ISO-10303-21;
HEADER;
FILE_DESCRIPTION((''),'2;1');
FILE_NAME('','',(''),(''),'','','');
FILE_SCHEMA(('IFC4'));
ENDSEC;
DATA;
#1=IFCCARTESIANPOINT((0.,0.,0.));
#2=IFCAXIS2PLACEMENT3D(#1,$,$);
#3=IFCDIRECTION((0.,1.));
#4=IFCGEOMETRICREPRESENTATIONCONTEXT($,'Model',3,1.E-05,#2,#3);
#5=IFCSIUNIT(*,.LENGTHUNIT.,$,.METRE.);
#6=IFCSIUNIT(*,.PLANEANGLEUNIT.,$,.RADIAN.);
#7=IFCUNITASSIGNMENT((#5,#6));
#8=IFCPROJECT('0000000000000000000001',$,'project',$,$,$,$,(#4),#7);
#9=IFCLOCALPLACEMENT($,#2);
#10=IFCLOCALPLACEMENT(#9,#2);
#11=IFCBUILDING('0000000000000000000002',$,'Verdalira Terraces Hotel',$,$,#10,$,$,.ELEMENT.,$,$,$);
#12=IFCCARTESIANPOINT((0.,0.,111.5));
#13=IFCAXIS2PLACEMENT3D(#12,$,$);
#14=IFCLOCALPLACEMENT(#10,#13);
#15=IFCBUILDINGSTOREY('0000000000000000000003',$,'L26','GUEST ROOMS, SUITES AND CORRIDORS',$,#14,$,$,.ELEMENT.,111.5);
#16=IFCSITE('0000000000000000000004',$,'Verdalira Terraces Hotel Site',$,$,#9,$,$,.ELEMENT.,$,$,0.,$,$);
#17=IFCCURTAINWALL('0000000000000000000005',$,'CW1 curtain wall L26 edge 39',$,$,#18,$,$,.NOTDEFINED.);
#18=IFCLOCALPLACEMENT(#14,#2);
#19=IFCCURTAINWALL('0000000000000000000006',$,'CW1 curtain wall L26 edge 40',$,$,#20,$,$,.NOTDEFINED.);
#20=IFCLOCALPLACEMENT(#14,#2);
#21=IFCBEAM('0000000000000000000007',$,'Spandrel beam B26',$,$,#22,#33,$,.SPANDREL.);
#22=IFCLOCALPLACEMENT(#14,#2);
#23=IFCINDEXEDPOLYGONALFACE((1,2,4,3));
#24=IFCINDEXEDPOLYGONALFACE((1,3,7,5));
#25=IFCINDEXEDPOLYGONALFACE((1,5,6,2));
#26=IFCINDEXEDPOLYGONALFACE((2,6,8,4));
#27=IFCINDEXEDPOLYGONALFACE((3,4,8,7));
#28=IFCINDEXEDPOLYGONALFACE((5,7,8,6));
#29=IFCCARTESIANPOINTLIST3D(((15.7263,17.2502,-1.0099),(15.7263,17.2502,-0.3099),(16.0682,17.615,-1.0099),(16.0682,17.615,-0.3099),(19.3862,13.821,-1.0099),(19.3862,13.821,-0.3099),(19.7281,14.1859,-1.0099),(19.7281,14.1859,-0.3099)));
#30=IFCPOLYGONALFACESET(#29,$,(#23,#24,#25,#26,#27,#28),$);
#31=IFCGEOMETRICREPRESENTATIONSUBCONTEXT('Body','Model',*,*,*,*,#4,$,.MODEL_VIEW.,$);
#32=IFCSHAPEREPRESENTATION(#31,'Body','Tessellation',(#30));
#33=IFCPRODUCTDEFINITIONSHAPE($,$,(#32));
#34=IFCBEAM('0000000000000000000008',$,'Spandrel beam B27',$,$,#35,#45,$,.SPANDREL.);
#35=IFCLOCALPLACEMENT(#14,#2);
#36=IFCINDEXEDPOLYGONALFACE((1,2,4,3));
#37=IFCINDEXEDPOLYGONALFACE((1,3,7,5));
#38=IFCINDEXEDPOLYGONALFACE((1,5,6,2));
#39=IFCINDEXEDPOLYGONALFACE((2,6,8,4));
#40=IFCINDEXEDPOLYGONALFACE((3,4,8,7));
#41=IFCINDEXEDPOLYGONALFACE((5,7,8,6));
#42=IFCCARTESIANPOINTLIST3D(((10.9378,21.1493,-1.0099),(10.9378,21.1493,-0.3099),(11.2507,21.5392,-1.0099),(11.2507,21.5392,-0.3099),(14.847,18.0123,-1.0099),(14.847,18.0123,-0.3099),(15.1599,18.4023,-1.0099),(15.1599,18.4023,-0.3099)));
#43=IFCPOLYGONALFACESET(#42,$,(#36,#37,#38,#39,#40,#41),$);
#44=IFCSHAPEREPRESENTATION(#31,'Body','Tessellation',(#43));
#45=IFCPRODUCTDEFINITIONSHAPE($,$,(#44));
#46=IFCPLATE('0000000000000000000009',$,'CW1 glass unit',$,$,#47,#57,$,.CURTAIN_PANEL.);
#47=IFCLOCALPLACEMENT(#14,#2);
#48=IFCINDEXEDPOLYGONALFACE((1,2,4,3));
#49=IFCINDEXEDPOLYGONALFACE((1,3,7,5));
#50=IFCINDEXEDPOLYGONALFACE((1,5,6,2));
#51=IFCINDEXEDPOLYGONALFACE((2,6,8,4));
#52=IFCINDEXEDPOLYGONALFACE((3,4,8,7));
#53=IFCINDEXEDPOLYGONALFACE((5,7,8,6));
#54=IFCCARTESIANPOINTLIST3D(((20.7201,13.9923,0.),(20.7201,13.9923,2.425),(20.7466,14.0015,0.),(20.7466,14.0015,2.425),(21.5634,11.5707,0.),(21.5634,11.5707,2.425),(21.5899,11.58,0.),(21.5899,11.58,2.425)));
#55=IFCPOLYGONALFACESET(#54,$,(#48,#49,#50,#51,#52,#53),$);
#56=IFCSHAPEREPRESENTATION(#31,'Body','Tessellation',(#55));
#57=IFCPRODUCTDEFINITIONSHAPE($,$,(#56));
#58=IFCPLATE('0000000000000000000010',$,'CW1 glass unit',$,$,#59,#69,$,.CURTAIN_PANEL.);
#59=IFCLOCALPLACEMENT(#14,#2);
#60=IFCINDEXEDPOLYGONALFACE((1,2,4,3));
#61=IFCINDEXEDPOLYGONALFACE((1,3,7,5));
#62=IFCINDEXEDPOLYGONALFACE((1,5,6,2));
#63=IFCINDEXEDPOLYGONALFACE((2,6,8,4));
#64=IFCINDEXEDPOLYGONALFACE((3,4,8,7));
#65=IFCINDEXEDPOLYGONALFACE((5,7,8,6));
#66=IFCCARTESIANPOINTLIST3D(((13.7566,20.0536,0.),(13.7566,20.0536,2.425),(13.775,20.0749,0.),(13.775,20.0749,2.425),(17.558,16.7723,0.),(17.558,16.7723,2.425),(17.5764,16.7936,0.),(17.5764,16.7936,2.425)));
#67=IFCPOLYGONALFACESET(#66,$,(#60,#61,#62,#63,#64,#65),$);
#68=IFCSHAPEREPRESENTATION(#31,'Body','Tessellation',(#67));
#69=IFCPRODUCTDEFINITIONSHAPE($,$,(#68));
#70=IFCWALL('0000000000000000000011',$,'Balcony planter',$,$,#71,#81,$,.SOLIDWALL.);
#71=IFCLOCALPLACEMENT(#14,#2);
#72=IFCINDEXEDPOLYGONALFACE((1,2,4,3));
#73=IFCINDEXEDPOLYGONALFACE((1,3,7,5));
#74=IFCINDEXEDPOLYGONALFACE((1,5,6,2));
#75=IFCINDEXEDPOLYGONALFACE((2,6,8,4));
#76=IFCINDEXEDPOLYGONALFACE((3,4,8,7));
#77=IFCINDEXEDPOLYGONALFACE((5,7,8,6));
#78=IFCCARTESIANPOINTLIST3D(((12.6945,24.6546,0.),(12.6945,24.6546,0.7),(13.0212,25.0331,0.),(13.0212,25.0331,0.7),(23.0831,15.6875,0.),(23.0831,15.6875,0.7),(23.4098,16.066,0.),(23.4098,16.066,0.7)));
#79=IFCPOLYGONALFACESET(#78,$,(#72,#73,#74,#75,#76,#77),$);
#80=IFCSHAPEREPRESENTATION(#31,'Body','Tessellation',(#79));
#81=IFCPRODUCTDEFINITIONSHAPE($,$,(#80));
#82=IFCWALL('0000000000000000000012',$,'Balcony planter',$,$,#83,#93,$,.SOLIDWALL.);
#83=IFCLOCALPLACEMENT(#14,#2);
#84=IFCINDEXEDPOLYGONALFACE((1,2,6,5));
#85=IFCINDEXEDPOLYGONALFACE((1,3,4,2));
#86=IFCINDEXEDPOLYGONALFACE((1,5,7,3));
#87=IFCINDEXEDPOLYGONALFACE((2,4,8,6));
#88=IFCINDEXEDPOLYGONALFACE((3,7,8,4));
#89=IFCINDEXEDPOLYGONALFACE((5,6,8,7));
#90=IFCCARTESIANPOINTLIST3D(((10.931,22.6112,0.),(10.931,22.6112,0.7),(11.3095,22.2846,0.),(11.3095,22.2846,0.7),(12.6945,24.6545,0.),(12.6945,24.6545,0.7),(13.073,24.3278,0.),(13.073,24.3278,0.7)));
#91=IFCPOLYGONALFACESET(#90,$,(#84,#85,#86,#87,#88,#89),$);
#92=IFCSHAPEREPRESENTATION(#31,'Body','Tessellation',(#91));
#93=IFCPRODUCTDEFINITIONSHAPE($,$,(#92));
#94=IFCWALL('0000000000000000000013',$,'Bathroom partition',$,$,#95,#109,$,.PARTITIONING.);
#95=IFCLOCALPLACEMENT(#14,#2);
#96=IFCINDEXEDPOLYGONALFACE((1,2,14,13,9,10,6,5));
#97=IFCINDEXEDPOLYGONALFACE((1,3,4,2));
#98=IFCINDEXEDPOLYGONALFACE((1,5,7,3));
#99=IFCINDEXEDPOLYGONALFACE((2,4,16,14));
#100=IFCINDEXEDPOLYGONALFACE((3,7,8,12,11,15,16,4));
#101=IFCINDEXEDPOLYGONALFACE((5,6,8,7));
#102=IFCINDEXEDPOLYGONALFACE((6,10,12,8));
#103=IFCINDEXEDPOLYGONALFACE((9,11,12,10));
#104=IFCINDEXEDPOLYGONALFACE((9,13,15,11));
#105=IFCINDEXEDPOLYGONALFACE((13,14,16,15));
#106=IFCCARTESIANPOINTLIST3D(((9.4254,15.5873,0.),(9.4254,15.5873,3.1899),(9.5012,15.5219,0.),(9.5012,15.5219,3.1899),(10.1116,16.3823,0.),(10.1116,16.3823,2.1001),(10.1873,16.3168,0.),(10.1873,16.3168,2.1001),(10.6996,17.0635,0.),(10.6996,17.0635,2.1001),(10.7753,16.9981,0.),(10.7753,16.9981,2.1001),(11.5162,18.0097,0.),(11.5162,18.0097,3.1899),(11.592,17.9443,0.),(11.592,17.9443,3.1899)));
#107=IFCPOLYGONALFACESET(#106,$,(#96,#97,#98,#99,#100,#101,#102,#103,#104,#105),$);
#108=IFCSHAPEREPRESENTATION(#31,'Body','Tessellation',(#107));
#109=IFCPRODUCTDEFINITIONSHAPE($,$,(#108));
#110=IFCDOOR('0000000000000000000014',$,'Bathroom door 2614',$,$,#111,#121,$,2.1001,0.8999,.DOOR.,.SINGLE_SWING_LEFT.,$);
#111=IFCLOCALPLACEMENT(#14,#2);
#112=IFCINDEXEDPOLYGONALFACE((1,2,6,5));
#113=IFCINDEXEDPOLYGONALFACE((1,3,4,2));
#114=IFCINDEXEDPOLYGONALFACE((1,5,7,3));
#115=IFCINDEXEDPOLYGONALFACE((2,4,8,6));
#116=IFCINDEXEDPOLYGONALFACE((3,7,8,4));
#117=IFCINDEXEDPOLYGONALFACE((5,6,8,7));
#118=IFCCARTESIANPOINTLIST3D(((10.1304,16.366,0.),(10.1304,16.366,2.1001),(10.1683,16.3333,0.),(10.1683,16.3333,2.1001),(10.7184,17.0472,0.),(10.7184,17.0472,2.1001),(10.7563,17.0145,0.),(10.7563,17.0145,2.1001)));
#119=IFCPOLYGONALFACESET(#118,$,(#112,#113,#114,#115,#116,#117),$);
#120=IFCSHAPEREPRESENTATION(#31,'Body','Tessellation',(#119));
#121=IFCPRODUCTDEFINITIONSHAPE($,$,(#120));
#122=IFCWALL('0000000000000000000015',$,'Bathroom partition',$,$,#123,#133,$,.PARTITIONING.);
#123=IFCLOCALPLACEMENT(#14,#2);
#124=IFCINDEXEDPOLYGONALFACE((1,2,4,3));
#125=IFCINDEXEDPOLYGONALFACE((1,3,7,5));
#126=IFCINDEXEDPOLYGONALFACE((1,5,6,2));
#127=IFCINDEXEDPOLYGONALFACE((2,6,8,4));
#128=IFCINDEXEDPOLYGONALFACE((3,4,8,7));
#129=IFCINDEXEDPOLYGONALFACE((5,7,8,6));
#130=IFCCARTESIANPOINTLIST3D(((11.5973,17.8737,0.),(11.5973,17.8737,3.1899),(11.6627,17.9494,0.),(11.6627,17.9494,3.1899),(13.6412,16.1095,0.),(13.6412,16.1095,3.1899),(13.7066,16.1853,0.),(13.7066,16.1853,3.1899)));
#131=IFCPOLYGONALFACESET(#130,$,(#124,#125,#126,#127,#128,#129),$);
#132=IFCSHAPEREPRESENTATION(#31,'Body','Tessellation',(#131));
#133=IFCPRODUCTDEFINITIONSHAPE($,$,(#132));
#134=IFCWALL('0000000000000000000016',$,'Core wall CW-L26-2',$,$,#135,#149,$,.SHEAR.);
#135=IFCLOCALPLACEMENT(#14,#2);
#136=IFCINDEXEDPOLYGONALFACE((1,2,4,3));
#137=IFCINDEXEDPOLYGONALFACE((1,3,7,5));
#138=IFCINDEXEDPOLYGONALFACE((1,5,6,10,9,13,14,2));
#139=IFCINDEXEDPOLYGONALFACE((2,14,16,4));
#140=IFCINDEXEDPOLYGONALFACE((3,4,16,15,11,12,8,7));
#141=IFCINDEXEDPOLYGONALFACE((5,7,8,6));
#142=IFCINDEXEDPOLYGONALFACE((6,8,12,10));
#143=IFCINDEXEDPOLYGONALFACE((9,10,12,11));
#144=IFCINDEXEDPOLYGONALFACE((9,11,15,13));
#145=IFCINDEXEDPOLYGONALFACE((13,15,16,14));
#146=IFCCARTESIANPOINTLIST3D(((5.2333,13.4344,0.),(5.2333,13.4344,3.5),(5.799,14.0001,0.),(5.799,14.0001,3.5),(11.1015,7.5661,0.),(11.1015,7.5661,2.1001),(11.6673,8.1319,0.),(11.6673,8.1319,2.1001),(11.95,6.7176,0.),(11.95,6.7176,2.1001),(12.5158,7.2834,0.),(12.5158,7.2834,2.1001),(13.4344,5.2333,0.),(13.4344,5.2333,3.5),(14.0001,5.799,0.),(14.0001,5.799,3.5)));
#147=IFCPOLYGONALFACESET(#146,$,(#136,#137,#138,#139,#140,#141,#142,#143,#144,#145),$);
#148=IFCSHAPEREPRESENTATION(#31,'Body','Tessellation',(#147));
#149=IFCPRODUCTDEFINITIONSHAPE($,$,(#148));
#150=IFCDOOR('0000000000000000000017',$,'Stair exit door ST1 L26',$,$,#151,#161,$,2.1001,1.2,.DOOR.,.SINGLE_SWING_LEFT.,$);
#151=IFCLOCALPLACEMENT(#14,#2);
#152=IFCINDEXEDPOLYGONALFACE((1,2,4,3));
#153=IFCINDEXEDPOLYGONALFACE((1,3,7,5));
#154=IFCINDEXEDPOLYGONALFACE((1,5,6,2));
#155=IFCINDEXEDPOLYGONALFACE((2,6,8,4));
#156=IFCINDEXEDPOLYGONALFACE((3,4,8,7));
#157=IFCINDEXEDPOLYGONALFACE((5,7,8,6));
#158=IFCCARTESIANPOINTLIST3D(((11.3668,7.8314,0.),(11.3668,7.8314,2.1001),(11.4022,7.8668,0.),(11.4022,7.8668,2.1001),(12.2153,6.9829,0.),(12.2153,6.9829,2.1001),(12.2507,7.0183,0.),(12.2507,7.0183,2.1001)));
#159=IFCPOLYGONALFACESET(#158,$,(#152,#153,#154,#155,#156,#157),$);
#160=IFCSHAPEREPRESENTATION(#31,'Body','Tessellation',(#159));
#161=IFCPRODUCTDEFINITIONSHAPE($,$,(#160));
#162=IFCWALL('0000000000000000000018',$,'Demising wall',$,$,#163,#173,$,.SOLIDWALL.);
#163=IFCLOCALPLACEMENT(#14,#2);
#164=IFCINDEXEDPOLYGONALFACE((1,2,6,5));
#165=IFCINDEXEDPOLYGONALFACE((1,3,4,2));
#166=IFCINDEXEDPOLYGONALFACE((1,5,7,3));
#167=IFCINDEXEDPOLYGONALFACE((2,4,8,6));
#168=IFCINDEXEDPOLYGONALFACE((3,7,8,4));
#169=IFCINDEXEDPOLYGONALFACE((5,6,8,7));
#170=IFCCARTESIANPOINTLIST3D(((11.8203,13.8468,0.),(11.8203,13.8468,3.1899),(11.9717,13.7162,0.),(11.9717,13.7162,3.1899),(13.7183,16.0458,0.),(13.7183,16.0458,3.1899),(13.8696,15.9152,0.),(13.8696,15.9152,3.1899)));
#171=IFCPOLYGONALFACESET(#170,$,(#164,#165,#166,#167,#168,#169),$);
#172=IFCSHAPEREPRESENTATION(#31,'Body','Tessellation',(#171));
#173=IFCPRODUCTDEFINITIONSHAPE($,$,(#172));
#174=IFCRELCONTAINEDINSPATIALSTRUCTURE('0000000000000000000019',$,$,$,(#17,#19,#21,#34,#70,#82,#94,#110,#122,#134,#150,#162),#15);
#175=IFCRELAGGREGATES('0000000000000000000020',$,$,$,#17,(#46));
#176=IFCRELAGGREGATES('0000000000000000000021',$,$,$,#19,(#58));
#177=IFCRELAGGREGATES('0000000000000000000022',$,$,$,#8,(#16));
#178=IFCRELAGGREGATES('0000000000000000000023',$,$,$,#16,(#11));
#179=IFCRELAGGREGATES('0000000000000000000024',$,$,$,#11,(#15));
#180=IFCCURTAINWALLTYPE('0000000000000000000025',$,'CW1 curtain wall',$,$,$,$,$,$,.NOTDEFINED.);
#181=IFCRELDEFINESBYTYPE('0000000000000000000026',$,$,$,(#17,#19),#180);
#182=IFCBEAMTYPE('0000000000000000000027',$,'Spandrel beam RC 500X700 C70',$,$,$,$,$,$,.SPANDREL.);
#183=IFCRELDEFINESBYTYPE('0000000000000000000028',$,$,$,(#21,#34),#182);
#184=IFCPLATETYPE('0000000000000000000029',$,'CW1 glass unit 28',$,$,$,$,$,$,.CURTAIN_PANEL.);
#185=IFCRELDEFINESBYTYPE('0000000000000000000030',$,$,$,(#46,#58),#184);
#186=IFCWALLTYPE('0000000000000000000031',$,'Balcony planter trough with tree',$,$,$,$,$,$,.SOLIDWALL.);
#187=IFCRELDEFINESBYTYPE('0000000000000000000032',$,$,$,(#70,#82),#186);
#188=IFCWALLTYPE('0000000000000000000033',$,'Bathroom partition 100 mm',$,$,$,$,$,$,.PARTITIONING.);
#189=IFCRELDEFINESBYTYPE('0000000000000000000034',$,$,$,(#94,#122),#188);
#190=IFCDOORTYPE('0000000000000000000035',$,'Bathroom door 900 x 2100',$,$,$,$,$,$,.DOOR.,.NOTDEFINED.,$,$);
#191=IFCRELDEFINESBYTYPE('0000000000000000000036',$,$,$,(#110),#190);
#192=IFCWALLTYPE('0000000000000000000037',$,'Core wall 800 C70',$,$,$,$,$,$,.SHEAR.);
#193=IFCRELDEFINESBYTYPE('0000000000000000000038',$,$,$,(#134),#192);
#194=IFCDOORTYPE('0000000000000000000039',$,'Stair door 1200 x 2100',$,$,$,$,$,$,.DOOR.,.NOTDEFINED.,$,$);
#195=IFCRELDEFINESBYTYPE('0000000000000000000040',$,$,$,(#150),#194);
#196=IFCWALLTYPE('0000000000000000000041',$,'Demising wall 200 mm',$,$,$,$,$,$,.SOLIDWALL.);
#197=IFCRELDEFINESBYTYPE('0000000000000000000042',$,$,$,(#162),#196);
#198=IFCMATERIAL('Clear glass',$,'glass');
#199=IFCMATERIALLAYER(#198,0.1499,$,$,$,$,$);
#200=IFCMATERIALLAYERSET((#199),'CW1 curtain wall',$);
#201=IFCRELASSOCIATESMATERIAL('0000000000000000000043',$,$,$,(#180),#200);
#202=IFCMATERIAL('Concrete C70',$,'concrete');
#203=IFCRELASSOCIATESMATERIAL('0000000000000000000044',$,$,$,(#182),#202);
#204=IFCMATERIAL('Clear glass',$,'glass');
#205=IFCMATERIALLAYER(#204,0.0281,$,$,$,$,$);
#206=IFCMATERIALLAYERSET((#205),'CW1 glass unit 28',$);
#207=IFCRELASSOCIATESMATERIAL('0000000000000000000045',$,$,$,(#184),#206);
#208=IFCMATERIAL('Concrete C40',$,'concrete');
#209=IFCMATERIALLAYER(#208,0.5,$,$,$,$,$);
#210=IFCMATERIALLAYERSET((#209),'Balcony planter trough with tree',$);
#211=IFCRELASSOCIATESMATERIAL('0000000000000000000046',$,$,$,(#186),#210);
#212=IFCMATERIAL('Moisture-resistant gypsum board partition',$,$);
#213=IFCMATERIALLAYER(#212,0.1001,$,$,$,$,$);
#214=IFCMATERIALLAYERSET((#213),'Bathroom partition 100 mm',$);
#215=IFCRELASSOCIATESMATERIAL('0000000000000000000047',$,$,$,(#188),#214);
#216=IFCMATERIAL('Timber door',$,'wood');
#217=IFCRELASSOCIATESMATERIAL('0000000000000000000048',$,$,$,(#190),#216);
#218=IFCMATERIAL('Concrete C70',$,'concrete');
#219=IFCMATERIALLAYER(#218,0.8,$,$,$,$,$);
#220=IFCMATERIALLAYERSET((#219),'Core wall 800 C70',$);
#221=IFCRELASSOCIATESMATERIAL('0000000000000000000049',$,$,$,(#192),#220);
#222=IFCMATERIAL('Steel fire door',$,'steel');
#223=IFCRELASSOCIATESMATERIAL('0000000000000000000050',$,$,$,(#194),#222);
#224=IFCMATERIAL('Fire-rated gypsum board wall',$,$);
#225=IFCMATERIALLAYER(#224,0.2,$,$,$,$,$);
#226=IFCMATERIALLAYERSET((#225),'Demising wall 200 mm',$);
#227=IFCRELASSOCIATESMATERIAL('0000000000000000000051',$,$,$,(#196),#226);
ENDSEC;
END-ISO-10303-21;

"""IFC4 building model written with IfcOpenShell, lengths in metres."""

from ifc_helpers import new_model, si_unit, direction, frame, frame_2d, origin, origin_2d, place, context, subcontext, project, spatial, rectangle, extrude, material, layer, layer_set, material_profile, profile_set, type_object, element, fill, aggregate, save


model = new_model("IFC4")

# Units and contexts
model_context = context("Model", 3, precision=1e-05, world=origin(), true_north=direction((0.0, 1.0)))
body_context = subcontext(model_context, "Body", "Model", "MODEL_VIEW")
ifc_project = project(units=[si_unit("LENGTHUNIT", "METRE"), si_unit("PLANEANGLEUNIT", "RADIAN")], contexts=[model_context])

# Site, building, storey
site_placement = place(None, origin())
site = spatial("IfcSite", under=ifc_project, at=site_placement, Name="Verdalira Terraces Hotel Site", CompositionType="ELEMENT", RefElevation=0.0)
building_placement = place(site_placement, origin())
building = spatial("IfcBuilding", under=site, at=building_placement, Name="Verdalira Terraces Hotel", CompositionType="ELEMENT")
storey_placement = place(building_placement, frame((0.0, 0.0, 111.5)))
storey = spatial("IfcBuildingStorey", under=building, at=storey_placement, Name="L26", Description="GUEST ROOMS, SUITES AND CORRIDORS", CompositionType="ELEMENT", Elevation=111.5)

# Curtain wall
ifc_material_1 = material(Name="Clear glass", Category="glass")
ifc_layer_1 = layer(ifc_material_1, 0.1499)
ifc_layer_set_1 = layer_set([ifc_layer_1], Name="CW1 curtain wall")
curtain_wall_type = type_object("IfcCurtainWallType", Name="CW1 curtain wall", PredefinedType="NOTDEFINED", material=ifc_layer_set_1)
curtain_wall_1_placement = place(storey_placement, origin())
curtain_wall_1 = element("IfcCurtainWall", 1, at=curtain_wall_1_placement, inside=storey, type_object=curtain_wall_type, Name="CW1 curtain wall L26 edge 39", PredefinedType="NOTDEFINED")

# Curtain wall
curtain_wall_2_placement = place(storey_placement, origin())
curtain_wall_2 = element("IfcCurtainWall", 2, at=curtain_wall_2_placement, inside=storey, type_object=curtain_wall_type, Name="CW1 curtain wall L26 edge 40", PredefinedType="NOTDEFINED")

# Beams
ifc_material_2 = material(Name="Concrete C70", Category="concrete")
ifc_material_profile_1 = material_profile(ifc_material_2, rectangle(XDim=0.5, YDim=0.7, at=origin_2d()), Name="RC 500X700")
ifc_profile_set_1 = profile_set([ifc_material_profile_1], Name="Concrete C70")
beam_type_1 = type_object("IfcBeamType", Name="Spandrel beam RC 500X700 C70", PredefinedType="SPANDREL", material=ifc_profile_set_1)
beam_1_placement = place(storey_placement, frame((19.5571, 14.0034, -0.6599), z_axis=(-0.729733, 0.683732, 0.0), x_axis=(-0.683732, -0.729733, 0.0)))
element("IfcBeam", 3, at=beam_1_placement, inside=storey, type_object=beam_type_1, Name="Spandrel beam B26", PredefinedType="SPANDREL", context=body_context, shape_type="SweptSolid", body=[
    extrude(rectangle(XDim=0.5, YDim=0.7, at=origin_2d()), origin(), (0.0, 0.0, 1.0), 5.0154),
])
beam_2_placement = place(storey_placement, frame((15.0034, 18.2073, -0.6599), z_axis=(-0.779932, 0.625865, 0.0), x_axis=(-0.625865, -0.779932, 0.0)))
element("IfcBeam", 4, at=beam_2_placement, inside=storey, type_object=beam_type_1, Name="Spandrel beam B27", PredefinedType="SPANDREL", context=body_context, shape_type="SweptSolid", body=[
    extrude(rectangle(XDim=0.5, YDim=0.7, at=origin_2d()), origin(), (0.0, 0.0, 1.0), 5.0122),
])

# Plates
ifc_material_3 = material(Name="Clear glass", Category="glass")
ifc_layer_2 = layer(ifc_material_3, 0.0281)
ifc_layer_set_2 = layer_set([ifc_layer_2], Name="CW1 glass unit 28")
plate_type = type_object("IfcPlateType", Name="CW1 glass unit 28", PredefinedType="CURTAIN_PANEL", material=ifc_layer_set_2)
plate_1_placement = place(storey_placement, frame((21.155, 12.7861, 0.0), z_axis=(0.0, 0.0, 1.0), x_axis=(-0.328867, 0.944376, 0.0)))
plate_1 = element("IfcPlate", 5, at=plate_1_placement, type_object=plate_type, Name="CW1 glass unit", PredefinedType="CURTAIN_PANEL", context=body_context, shape_type="SweptSolid", body=[
    extrude(rectangle(XDim=2.5642, YDim=0.0281, at=origin_2d()), origin(), (0.0, 0.0, 1.0), 2.425),
])
aggregate(curtain_wall_1, [plate_1])
plate_2_placement = place(storey_placement, frame((15.6665, 18.4236, 0.0), z_axis=(0.0, 0.0, 1.0), x_axis=(-0.756995, 0.653421, 0.0)))
plate_2 = element("IfcPlate", 6, at=plate_2_placement, type_object=plate_type, Name="CW1 glass unit", PredefinedType="CURTAIN_PANEL", context=body_context, shape_type="SweptSolid", body=[
    extrude(rectangle(XDim=5.0217, YDim=0.0281, at=origin_2d()), origin(), (0.0, 0.0, 1.0), 2.425),
])
aggregate(curtain_wall_2, [plate_2])

# Walls
ifc_material_4 = material(Name="Concrete C40", Category="concrete")
ifc_layer_3 = layer(ifc_material_4, 0.5)
ifc_layer_set_3 = layer_set([ifc_layer_3], Name="Balcony planter trough with tree")
wall_type_1 = type_object("IfcWallType", Name="Balcony planter trough with tree", PredefinedType="SOLIDWALL", material=ifc_layer_set_3)
wall_1_placement = place(storey_placement, frame((23.2466, 15.8767, 0.0), z_axis=(0.0, 0.0, 1.0), x_axis=(-0.757003, 0.653411, 0.0)))
element("IfcWall", 7, at=wall_1_placement, inside=storey, type_object=wall_type_1, Name="Balcony planter", PredefinedType="SOLIDWALL", context=body_context, shape_type="SweptSolid", body=[
    extrude(rectangle(XDim=13.7234, YDim=0.5, at=frame_2d((6.8618, 0.0))), origin(), (0.0, 0.0, 1.0), 0.7),
])
wall_2_placement = place(storey_placement, frame((12.8838, 24.4912, 0.0), z_axis=(0.0, 0.0, 1.0), x_axis=(-0.653373, -0.757037, 0.0)))
element("IfcWall", 8, at=wall_2_placement, inside=storey, type_object=wall_type_1, Name="Balcony planter", PredefinedType="SOLIDWALL", context=body_context, shape_type="SweptSolid", body=[
    extrude(rectangle(XDim=2.699, YDim=0.5, at=frame_2d((1.3496, 0.0))), origin(), (0.0, 0.0, 1.0), 0.7),
])

# Wall, opening, door
ifc_material_5 = material(Name="Moisture-resistant gypsum board partition")
ifc_layer_4 = layer(ifc_material_5, 0.1001)
ifc_layer_set_4 = layer_set([ifc_layer_4], Name="Bathroom partition 100 mm")
wall_type_2 = type_object("IfcWallType", Name="Bathroom partition 100 mm", PredefinedType="PARTITIONING", material=ifc_layer_set_4)
wall_3_placement = place(storey_placement, frame((11.5542, 17.9771, 0.0), z_axis=(0.0, 0.0, 1.0), x_axis=(-0.653401, -0.757012, 0.0)))
wall_3 = element("IfcWall", 9, at=wall_3_placement, inside=storey, type_object=wall_type_2, Name="Bathroom partition", PredefinedType="PARTITIONING", context=body_context, shape_type="SweptSolid", body=[
    extrude(rectangle(XDim=3.2, YDim=0.1001, at=frame_2d((1.6001, 0.0))), origin(), (0.0, 0.0, 1.0), 3.1899),
])
opening_1_placement = place(wall_3_placement, frame((1.25, 0.0, 0.0)))
opening_1 = element("IfcOpeningElement", 10, at=opening_1_placement, cuts=wall_3, PredefinedType="OPENING", context=body_context, shape_type="SweptSolid", body=[
    extrude(rectangle(XDim=0.8999, YDim=2.1001, at=frame_2d((0.45, 1.05))), frame((0.0, 0.0601, 0.0), z_axis=(0.0, -1.0, 0.0), x_axis=(1.0, 0.0, 0.0)), (0.0, 0.0, 1.0), 0.1201),
])
ifc_material_6 = material(Name="Timber door", Category="wood")
door_type_1 = type_object("IfcDoorType", Name="Bathroom door 900 x 2100", OperationType="NOTDEFINED", PredefinedType="DOOR", material=ifc_material_6)
door_1_placement = place(opening_1_placement, origin())
door_1 = element("IfcDoor", 11, at=door_1_placement, inside=storey, type_object=door_type_1, Name="Bathroom door 2614", OperationType="SINGLE_SWING_LEFT", OverallHeight=2.1001, OverallWidth=0.8999, PredefinedType="DOOR", context=body_context, shape_type="SweptSolid", body=[
    extrude(rectangle(XDim=0.8999, YDim=2.1001, at=frame_2d((0.45, 1.05))), frame((0.0, 0.0249, 0.0), z_axis=(0.0, -1.0, 0.0), x_axis=(1.0, 0.0, 0.0)), (0.0, 0.0, 1.0), 0.05),
])
fill(opening_1, door_1)

# Wall
wall_4_placement = place(storey_placement, frame((11.6299, 17.9116, 0.0), z_axis=(0.0, 0.0, 1.0), x_axis=(0.757018, -0.653394, 0.0)))
element("IfcWall", 12, at=wall_4_placement, inside=storey, type_object=wall_type_2, Name="Bathroom partition", PredefinedType="PARTITIONING", context=body_context, shape_type="SweptSolid", body=[
    extrude(rectangle(XDim=2.7, YDim=0.1001, at=frame_2d((1.3501, 0.0))), origin(), (0.0, 0.0, 1.0), 3.1899),
])

# Wall, opening, door
ifc_material_7 = material(Name="Concrete C70", Category="concrete")
ifc_layer_5 = layer(ifc_material_7, 0.8)
ifc_layer_set_5 = layer_set([ifc_layer_5], Name="Core wall 800 C70")
wall_type_3 = type_object("IfcWallType", Name="Core wall 800 C70", PredefinedType="SHEAR", material=ifc_layer_set_5)
wall_5_placement = place(storey_placement, frame((13.7173, 5.5161, 0.0), z_axis=(0.0, 0.0, 1.0), x_axis=(-0.707107, 0.707107, 0.0)))
wall_5 = element("IfcWall", 13, at=wall_5_placement, inside=storey, type_object=wall_type_3, Name="Core wall CW-L26-2", PredefinedType="SHEAR", context=body_context, shape_type="SweptSolid", body=[
    extrude(rectangle(XDim=11.5981, YDim=0.8, at=frame_2d((5.7991, 0.0))), origin(), (0.0, 0.0, 1.0), 3.5),
])
opening_2_placement = place(wall_5_placement, frame((2.0991, 0.0, 0.0)))
opening_2 = element("IfcOpeningElement", 14, at=opening_2_placement, cuts=wall_5, PredefinedType="OPENING", context=body_context, shape_type="SweptSolid", body=[
    extrude(rectangle(XDim=1.2, YDim=2.1001, at=frame_2d((0.6001, 1.05))), frame((0.0, 0.4099, 0.0), z_axis=(0.0, -1.0, 0.0), x_axis=(1.0, 0.0, 0.0)), (0.0, 0.0, 1.0), 0.8201),
])
ifc_material_8 = material(Name="Steel fire door", Category="steel")
door_type_2 = type_object("IfcDoorType", Name="Stair door 1200 x 2100", OperationType="NOTDEFINED", PredefinedType="DOOR", material=ifc_material_8)
door_2_placement = place(opening_2_placement, origin())
door_2 = element("IfcDoor", 15, at=door_2_placement, inside=storey, type_object=door_type_2, Name="Stair exit door ST1 L26", OperationType="SINGLE_SWING_LEFT", OverallHeight=2.1001, OverallWidth=1.2, PredefinedType="DOOR", context=body_context, shape_type="SweptSolid", body=[
    extrude(rectangle(XDim=1.2, YDim=2.1001, at=frame_2d((0.6001, 1.05))), frame((0.0, 0.0249, 0.0), z_axis=(0.0, -1.0, 0.0), x_axis=(1.0, 0.0, 0.0)), (0.0, 0.0, 1.0), 0.05),
])
fill(opening_2, door_2)

# Wall
ifc_material_9 = material(Name="Fire-rated gypsum board wall")
ifc_layer_6 = layer(ifc_material_9, 0.2)
ifc_layer_set_6 = layer_set([ifc_layer_6], Name="Demising wall 200 mm")
wall_type_4 = type_object("IfcWallType", Name="Demising wall 200 mm", PredefinedType="SOLIDWALL", material=ifc_layer_set_6)
wall_6_placement = place(storey_placement, frame((11.896, 13.7815, 0.0), z_axis=(0.0, 0.0, 1.0), x_axis=(0.65339, 0.757021, 0.0)))
element("IfcWall", 16, at=wall_6_placement, inside=storey, type_object=wall_type_4, Name="Demising wall", PredefinedType="SOLIDWALL", context=body_context, shape_type="SweptSolid", body=[
    extrude(rectangle(XDim=2.9048, YDim=0.2, at=frame_2d((1.4524, 0.0))), origin(), (0.0, 0.0, 1.0), 3.1899),
])

save(model, "model.ifc")
